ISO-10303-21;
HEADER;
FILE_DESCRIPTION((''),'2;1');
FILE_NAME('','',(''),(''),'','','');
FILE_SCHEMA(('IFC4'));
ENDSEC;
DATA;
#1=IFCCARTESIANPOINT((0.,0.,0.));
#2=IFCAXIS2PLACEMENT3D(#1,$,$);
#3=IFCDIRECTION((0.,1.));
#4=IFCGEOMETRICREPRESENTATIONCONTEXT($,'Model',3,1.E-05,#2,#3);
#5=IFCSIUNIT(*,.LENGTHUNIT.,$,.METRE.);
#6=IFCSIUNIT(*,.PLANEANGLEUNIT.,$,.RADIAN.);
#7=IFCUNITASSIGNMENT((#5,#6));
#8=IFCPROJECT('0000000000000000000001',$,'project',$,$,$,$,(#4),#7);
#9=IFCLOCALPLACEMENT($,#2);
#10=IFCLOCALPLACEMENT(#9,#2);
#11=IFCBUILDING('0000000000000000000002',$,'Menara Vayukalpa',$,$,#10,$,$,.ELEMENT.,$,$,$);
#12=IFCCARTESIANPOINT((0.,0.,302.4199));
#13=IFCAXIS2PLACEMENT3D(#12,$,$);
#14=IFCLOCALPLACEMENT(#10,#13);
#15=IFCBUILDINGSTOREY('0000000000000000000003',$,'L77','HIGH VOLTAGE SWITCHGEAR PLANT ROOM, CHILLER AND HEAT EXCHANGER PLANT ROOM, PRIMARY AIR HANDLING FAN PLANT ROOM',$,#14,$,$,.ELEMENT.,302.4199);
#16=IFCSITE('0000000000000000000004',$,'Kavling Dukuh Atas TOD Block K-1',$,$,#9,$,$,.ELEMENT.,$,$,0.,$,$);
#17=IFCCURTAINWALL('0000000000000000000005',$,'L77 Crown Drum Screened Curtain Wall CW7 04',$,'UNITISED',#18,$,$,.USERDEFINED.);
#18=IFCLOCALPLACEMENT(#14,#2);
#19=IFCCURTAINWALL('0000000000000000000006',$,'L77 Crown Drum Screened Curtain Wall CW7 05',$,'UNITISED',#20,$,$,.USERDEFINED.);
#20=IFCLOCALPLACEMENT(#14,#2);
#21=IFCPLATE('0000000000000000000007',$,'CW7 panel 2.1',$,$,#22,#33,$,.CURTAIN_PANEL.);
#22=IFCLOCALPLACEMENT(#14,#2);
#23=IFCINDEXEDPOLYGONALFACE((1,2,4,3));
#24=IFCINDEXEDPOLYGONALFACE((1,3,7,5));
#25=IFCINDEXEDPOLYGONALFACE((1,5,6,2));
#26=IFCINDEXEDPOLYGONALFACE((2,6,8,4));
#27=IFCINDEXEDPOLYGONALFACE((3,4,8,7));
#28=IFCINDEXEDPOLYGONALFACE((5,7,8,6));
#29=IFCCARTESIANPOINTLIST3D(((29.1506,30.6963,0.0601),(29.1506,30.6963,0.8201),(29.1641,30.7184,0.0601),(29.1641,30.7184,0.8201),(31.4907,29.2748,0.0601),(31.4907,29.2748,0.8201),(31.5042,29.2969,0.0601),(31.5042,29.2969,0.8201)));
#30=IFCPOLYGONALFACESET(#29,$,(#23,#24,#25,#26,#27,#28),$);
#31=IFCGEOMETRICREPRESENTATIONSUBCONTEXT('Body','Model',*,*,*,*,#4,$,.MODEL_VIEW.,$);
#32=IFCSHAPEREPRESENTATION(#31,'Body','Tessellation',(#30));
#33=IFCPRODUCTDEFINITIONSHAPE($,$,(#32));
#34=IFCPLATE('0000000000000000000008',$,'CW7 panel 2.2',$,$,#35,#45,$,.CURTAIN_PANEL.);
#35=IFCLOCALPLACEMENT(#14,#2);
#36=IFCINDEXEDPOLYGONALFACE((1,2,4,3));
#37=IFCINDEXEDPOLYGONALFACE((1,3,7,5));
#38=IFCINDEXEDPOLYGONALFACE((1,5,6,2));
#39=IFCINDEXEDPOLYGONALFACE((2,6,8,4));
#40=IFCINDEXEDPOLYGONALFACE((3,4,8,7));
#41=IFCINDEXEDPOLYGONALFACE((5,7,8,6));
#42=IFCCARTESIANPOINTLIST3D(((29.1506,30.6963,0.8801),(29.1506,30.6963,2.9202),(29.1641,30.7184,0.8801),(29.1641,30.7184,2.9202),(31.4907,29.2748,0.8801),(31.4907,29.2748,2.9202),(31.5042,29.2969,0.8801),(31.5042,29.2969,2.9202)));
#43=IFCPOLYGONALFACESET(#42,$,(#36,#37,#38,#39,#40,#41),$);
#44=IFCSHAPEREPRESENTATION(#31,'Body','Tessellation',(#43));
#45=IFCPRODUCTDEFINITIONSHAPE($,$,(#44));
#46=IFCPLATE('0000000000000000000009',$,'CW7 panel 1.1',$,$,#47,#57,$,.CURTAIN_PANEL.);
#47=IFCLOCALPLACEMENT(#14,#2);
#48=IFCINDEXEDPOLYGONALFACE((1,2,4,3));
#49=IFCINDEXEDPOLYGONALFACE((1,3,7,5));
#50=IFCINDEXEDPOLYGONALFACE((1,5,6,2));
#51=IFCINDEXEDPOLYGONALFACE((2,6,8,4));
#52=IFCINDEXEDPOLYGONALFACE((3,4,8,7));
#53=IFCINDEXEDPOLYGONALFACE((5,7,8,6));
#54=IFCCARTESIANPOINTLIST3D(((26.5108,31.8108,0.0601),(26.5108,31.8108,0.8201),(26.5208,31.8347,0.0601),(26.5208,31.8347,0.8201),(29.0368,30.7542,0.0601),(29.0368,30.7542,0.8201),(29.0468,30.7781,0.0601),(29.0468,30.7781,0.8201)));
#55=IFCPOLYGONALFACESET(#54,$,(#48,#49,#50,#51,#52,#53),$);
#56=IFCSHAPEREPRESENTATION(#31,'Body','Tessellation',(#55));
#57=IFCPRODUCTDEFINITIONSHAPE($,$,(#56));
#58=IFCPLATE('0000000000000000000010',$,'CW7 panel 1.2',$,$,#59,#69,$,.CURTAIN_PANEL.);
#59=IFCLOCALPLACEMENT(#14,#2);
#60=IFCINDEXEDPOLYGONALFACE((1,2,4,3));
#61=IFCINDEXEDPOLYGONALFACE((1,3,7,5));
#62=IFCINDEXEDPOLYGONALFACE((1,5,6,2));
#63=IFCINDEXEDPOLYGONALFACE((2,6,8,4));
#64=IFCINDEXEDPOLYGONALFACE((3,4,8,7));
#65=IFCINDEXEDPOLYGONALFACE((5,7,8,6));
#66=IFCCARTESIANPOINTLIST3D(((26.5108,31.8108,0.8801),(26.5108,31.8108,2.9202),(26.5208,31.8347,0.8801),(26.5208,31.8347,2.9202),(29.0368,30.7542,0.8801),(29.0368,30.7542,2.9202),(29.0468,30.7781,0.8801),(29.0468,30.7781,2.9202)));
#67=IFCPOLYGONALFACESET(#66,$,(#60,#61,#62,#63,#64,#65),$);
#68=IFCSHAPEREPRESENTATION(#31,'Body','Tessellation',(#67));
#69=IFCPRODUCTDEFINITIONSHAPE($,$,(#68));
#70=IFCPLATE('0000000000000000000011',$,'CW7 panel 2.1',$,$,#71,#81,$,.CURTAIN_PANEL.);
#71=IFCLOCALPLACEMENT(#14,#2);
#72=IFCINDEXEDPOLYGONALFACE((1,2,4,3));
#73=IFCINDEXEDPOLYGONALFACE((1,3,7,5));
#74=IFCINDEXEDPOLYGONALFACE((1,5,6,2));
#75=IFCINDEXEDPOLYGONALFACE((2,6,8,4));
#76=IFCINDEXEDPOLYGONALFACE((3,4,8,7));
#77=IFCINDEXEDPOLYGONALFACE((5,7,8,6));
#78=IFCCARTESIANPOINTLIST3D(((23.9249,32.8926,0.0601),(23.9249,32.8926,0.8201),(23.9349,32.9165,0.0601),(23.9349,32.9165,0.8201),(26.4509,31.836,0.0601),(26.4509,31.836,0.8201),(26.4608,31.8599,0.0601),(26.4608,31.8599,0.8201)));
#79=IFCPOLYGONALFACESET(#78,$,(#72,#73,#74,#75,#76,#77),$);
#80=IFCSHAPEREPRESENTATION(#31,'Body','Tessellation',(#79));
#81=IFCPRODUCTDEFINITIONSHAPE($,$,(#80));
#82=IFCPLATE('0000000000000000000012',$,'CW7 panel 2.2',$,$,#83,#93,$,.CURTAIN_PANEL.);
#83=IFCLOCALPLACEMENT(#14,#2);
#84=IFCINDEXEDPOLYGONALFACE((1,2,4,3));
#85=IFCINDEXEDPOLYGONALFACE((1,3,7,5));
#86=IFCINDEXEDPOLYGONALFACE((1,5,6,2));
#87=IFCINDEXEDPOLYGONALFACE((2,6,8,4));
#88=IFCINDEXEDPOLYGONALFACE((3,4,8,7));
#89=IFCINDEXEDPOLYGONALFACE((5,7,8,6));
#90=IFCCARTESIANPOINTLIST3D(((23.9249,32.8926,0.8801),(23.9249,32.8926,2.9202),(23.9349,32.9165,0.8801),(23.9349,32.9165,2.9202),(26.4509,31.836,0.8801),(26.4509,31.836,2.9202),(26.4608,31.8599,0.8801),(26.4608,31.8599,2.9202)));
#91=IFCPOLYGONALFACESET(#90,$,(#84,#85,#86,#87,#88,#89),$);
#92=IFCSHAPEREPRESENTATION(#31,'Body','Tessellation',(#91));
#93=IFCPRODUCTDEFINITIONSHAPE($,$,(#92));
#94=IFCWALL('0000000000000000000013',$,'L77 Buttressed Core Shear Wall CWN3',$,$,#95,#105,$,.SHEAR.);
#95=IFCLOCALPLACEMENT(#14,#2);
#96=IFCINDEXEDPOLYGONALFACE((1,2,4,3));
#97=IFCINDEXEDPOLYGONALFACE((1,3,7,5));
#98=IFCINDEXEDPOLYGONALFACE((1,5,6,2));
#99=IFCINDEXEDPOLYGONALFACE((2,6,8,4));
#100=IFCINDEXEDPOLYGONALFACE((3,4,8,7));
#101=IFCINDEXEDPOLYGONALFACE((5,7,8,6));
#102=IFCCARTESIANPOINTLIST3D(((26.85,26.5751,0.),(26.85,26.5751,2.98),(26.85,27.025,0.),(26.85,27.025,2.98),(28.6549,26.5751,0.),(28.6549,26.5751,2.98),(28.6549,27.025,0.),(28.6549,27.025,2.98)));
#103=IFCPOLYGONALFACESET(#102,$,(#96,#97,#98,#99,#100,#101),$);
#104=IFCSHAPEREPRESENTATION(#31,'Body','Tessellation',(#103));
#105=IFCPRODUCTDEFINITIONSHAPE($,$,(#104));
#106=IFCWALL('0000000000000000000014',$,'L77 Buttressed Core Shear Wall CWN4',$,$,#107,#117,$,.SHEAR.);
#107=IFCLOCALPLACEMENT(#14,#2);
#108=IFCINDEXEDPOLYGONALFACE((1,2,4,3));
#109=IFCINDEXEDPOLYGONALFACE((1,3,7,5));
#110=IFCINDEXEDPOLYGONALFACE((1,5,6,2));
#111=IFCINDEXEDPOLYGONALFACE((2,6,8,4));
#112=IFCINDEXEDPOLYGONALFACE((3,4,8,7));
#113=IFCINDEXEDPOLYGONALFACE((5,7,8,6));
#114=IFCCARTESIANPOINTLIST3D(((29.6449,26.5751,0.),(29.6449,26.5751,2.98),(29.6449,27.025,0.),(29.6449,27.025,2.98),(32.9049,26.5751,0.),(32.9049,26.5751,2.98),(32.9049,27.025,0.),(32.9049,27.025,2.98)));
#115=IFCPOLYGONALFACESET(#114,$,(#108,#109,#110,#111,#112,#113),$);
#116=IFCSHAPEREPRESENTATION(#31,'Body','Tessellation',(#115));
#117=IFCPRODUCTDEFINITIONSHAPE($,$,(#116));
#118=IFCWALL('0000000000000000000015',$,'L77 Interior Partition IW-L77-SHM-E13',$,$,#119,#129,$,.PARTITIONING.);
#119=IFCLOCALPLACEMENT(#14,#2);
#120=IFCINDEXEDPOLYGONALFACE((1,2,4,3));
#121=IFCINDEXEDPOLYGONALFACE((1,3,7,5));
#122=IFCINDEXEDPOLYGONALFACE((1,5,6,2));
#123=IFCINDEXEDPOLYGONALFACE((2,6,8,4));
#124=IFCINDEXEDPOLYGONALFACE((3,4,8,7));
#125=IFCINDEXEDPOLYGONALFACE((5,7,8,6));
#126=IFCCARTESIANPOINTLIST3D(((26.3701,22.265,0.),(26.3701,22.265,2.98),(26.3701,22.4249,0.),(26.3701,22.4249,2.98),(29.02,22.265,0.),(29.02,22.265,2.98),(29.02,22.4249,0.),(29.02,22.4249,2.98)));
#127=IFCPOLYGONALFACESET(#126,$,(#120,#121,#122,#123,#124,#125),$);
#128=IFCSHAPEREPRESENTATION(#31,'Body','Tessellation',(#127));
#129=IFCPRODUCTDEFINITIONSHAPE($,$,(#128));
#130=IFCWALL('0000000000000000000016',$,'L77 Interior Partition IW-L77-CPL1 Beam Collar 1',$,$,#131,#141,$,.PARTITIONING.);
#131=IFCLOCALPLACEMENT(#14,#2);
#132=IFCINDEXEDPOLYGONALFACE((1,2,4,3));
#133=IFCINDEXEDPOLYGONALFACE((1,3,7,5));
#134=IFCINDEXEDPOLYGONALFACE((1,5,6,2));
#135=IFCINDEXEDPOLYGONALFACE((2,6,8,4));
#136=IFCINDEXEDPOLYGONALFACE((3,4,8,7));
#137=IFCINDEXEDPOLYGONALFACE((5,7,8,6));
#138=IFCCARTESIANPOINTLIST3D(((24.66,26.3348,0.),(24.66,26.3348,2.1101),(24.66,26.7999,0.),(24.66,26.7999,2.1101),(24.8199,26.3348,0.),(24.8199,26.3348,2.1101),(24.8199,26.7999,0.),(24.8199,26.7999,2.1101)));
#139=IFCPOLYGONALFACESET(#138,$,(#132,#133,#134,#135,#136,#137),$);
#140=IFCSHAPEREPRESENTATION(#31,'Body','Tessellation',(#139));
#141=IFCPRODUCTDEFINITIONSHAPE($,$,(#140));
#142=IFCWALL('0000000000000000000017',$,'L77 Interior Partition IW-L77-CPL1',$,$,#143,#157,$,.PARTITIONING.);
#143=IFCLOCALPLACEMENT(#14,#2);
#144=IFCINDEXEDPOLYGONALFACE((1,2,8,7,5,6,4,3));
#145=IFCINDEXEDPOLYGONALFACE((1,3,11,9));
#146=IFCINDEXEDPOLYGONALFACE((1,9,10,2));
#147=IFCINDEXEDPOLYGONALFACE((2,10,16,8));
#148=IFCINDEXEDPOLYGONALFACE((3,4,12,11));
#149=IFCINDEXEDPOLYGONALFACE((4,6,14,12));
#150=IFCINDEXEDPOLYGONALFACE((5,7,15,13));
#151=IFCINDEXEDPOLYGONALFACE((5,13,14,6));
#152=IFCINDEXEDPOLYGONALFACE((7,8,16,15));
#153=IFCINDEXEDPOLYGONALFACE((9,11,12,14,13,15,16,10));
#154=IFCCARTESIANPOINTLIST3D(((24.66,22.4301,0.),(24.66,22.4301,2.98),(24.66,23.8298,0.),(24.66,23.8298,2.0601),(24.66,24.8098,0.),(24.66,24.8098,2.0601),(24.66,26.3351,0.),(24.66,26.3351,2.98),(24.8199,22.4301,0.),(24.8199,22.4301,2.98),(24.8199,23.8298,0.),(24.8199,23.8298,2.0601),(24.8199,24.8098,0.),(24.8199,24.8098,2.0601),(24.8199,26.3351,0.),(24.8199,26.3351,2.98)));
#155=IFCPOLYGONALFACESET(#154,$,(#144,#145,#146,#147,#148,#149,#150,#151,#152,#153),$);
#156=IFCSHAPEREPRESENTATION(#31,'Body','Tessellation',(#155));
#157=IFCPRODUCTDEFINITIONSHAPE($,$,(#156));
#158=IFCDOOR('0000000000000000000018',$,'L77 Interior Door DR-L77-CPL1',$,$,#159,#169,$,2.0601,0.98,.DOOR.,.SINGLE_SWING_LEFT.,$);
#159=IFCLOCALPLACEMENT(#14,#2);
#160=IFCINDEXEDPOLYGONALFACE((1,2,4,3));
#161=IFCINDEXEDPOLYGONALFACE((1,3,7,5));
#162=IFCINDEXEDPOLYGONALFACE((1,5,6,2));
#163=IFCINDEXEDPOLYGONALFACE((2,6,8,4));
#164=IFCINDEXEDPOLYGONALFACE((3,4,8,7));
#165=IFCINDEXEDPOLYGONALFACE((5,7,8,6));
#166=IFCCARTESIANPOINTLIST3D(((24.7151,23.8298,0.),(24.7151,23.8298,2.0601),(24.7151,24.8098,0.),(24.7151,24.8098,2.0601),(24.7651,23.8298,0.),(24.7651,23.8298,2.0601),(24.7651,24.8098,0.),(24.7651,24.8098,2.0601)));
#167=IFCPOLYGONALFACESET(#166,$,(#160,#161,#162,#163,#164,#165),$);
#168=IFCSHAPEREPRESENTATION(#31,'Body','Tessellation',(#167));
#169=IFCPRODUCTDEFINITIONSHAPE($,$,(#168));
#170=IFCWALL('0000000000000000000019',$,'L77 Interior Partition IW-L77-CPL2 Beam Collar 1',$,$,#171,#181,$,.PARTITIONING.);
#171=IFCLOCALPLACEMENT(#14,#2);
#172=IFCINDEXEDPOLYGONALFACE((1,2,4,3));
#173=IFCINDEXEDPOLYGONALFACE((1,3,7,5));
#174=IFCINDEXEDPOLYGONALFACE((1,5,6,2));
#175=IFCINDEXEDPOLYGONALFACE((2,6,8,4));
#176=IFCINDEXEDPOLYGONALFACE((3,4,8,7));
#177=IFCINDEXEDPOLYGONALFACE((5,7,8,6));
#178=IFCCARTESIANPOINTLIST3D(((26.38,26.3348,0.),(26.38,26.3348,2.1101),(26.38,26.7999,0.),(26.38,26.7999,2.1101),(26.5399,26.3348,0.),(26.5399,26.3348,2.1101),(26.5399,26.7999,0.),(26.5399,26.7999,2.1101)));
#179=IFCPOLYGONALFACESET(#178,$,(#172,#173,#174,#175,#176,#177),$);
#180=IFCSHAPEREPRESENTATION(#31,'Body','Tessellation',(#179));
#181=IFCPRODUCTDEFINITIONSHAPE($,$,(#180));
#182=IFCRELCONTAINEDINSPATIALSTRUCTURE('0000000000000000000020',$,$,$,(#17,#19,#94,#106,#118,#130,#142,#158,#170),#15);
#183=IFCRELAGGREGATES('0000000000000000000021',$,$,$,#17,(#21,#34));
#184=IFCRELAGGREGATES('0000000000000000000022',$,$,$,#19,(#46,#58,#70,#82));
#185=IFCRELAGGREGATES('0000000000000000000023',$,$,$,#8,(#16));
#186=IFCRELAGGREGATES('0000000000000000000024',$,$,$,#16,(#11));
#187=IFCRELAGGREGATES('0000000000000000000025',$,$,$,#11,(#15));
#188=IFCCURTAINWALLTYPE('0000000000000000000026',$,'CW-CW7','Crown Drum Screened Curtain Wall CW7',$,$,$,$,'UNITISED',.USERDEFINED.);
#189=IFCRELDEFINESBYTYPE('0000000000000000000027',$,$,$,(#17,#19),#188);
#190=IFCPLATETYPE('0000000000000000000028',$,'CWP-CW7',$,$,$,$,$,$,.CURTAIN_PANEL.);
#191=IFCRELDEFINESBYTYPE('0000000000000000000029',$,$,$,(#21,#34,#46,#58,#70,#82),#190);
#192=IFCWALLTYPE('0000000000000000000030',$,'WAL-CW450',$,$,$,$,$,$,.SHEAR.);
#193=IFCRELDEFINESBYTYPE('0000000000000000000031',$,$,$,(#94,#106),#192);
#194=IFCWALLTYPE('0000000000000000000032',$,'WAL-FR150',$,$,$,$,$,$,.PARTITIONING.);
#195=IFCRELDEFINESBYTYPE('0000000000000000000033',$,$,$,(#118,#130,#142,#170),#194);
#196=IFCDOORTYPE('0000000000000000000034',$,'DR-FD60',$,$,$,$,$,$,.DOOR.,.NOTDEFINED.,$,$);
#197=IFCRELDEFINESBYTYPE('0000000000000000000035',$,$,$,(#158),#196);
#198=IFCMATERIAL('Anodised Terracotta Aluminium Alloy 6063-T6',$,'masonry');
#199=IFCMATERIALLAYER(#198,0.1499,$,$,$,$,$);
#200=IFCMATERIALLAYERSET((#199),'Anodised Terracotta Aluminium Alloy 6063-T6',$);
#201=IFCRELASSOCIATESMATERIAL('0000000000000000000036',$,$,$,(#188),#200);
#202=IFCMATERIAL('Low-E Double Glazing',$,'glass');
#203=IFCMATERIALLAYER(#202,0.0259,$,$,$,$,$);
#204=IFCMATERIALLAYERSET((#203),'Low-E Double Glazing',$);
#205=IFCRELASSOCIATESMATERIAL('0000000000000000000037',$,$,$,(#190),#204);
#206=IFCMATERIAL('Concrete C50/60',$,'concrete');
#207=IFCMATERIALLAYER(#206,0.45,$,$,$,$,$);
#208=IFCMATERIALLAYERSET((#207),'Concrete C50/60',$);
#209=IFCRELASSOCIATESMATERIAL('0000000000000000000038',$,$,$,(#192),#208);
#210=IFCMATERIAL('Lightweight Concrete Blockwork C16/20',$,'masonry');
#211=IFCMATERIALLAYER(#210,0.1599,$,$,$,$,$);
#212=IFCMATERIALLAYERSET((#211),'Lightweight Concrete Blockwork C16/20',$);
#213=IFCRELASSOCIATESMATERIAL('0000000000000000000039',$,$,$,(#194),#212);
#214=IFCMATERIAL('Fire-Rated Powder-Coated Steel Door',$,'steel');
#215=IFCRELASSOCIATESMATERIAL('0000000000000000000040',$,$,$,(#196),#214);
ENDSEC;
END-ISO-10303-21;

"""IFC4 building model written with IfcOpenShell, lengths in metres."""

from ifc_helpers import new_model, si_unit, direction, frame, frame_2d, origin, origin_2d, place, context, subcontext, project, spatial, rectangle, extrude, material, layer, layer_set, type_object, element, fill, aggregate, save


model = new_model("IFC4")

# Units and contexts
model_context = context("Model", 3, precision=1e-05, world=origin(), true_north=direction((0.0, 1.0)))
body_context = subcontext(model_context, "Body", "Model", "MODEL_VIEW")
ifc_project = project(units=[si_unit("LENGTHUNIT", "METRE"), si_unit("PLANEANGLEUNIT", "RADIAN")], contexts=[model_context])

# Site, building, storey
site_placement = place(None, origin())
site = spatial("IfcSite", under=ifc_project, at=site_placement, Name="Kavling Dukuh Atas TOD Block K-1", CompositionType="ELEMENT", RefElevation=0.0)
building_placement = place(site_placement, origin())
building = spatial("IfcBuilding", under=site, at=building_placement, Name="Menara Vayukalpa", CompositionType="ELEMENT")
storey_placement = place(building_placement, frame((0.0, 0.0, 302.4199)))
storey = spatial("IfcBuildingStorey", under=building, at=storey_placement, Name="L77", Description="HIGH VOLTAGE SWITCHGEAR PLANT ROOM, CHILLER AND HEAT EXCHANGER PLANT ROOM, PRIMARY AIR HANDLING FAN PLANT ROOM", CompositionType="ELEMENT", Elevation=302.4199)

# Curtain wall
ifc_material_1 = material(Name="Anodised Terracotta Aluminium Alloy 6063-T6", Category="masonry")
ifc_layer_1 = layer(ifc_material_1, 0.1499)
ifc_layer_set_1 = layer_set([ifc_layer_1], Name="Anodised Terracotta Aluminium Alloy 6063-T6")
curtain_wall_type = type_object("IfcCurtainWallType", Name="CW-CW7", Description="Crown Drum Screened Curtain Wall CW7", ElementType="UNITISED", PredefinedType="USERDEFINED", material=ifc_layer_set_1)
curtain_wall_1_placement = place(storey_placement, origin())
curtain_wall_1 = element("IfcCurtainWall", 1, at=curtain_wall_1_placement, inside=storey, type_object=curtain_wall_type, Name="L77 Crown Drum Screened Curtain Wall CW7 04", ObjectType="UNITISED", PredefinedType="USERDEFINED")

# Curtain wall
curtain_wall_2_placement = place(storey_placement, origin())
curtain_wall_2 = element("IfcCurtainWall", 2, at=curtain_wall_2_placement, inside=storey, type_object=curtain_wall_type, Name="L77 Crown Drum Screened Curtain Wall CW7 05", ObjectType="UNITISED", PredefinedType="USERDEFINED")

# Plates
ifc_material_2 = material(Name="Low-E Double Glazing", Category="glass")
ifc_layer_2 = layer(ifc_material_2, 0.0259)
ifc_layer_set_2 = layer_set([ifc_layer_2], Name="Low-E Double Glazing")
plate_type = type_object("IfcPlateType", Name="CWP-CW7", PredefinedType="CURTAIN_PANEL", material=ifc_layer_set_2)
plate_1_placement = place(storey_placement, frame((30.3274, 29.9966, 0.0601), z_axis=(0.0, 0.0, 1.0), x_axis=(-0.854667, 0.519176, 0.0)))
plate_1 = element("IfcPlate", 3, at=plate_1_placement, type_object=plate_type, Name="CW7 panel 2.1", PredefinedType="CURTAIN_PANEL", context=body_context, shape_type="SweptSolid", body=[
    extrude(rectangle(XDim=2.738, YDim=0.0259, at=origin_2d()), origin(), (0.0, 0.0, 1.0), 0.76),
])
plate_2_placement = place(storey_placement, frame((30.3274, 29.9966, 0.8801), z_axis=(0.0, 0.0, 1.0), x_axis=(-0.854667, 0.519176, 0.0)))
plate_2 = element("IfcPlate", 4, at=plate_2_placement, type_object=plate_type, Name="CW7 panel 2.2", PredefinedType="CURTAIN_PANEL", context=body_context, shape_type="SweptSolid", body=[
    extrude(rectangle(XDim=2.738, YDim=0.0259, at=origin_2d()), origin(), (0.0, 0.0, 1.0), 2.04),
])
aggregate(curtain_wall_1, [plate_1, plate_2])
plate_3_placement = place(storey_placement, frame((27.7788, 31.2944, 0.0601), z_axis=(0.0, 0.0, 1.0), x_axis=(-0.922541, 0.385898, 0.0)))
plate_3 = element("IfcPlate", 5, at=plate_3_placement, type_object=plate_type, Name="CW7 panel 1.1", PredefinedType="CURTAIN_PANEL", context=body_context, shape_type="SweptSolid", body=[
    extrude(rectangle(XDim=2.738, YDim=0.0259, at=origin_2d()), origin(), (0.0, 0.0, 1.0), 0.76),
])
plate_4_placement = place(storey_placement, frame((27.7788, 31.2944, 0.8801), z_axis=(0.0, 0.0, 1.0), x_axis=(-0.922541, 0.385898, 0.0)))
plate_4 = element("IfcPlate", 6, at=plate_4_placement, type_object=plate_type, Name="CW7 panel 1.2", PredefinedType="CURTAIN_PANEL", context=body_context, shape_type="SweptSolid", body=[
    extrude(rectangle(XDim=2.738, YDim=0.0259, at=origin_2d()), origin(), (0.0, 0.0, 1.0), 2.04),
])
plate_5_placement = place(storey_placement, frame((25.1929, 32.3762, 0.0601), z_axis=(0.0, 0.0, 1.0), x_axis=(-0.922541, 0.385898, 0.0)))
plate_5 = element("IfcPlate", 7, at=plate_5_placement, type_object=plate_type, Name="CW7 panel 2.1", PredefinedType="CURTAIN_PANEL", context=body_context, shape_type="SweptSolid", body=[
    extrude(rectangle(XDim=2.738, YDim=0.0259, at=origin_2d()), origin(), (0.0, 0.0, 1.0), 0.76),
])
plate_6_placement = place(storey_placement, frame((25.1929, 32.3762, 0.8801), z_axis=(0.0, 0.0, 1.0), x_axis=(-0.922541, 0.385898, 0.0)))
plate_6 = element("IfcPlate", 8, at=plate_6_placement, type_object=plate_type, Name="CW7 panel 2.2", PredefinedType="CURTAIN_PANEL", context=body_context, shape_type="SweptSolid", body=[
    extrude(rectangle(XDim=2.738, YDim=0.0259, at=origin_2d()), origin(), (0.0, 0.0, 1.0), 2.04),
])
aggregate(curtain_wall_2, [plate_3, plate_4, plate_5, plate_6])

# Walls
ifc_material_3 = material(Name="Concrete C50/60", Category="concrete")
ifc_layer_3 = layer(ifc_material_3, 0.45)
ifc_layer_set_3 = layer_set([ifc_layer_3], Name="Concrete C50/60")
wall_type_1 = type_object("IfcWallType", Name="WAL-CW450", PredefinedType="SHEAR", material=ifc_layer_set_3)
wall_1_placement = place(storey_placement, frame((26.8501, 26.8, 0.0), z_axis=(0.0, 0.0, 1.0), x_axis=(1.0, 0.0, 0.0)))
element("IfcWall", 9, at=wall_1_placement, inside=storey, type_object=wall_type_1, Name="L77 Buttressed Core Shear Wall CWN3", PredefinedType="SHEAR", context=body_context, shape_type="SweptSolid", body=[
    extrude(rectangle(XDim=1.8049, YDim=0.45, at=frame_2d((0.9023, 0.0))), origin(), (0.0, 0.0, 1.0), 2.98),
])
wall_2_placement = place(storey_placement, frame((29.645, 26.8, 0.0), z_axis=(0.0, 0.0, 1.0), x_axis=(1.0, 0.0, 0.0)))
element("IfcWall", 10, at=wall_2_placement, inside=storey, type_object=wall_type_1, Name="L77 Buttressed Core Shear Wall CWN4", PredefinedType="SHEAR", context=body_context, shape_type="SweptSolid", body=[
    extrude(rectangle(XDim=3.26, YDim=0.45, at=frame_2d((1.6299, 0.0))), origin(), (0.0, 0.0, 1.0), 2.98),
])
ifc_material_4 = material(Name="Lightweight Concrete Blockwork C16/20", Category="masonry")
ifc_layer_4 = layer(ifc_material_4, 0.1599)
ifc_layer_set_4 = layer_set([ifc_layer_4], Name="Lightweight Concrete Blockwork C16/20")
wall_type_2 = type_object("IfcWallType", Name="WAL-FR150", PredefinedType="PARTITIONING", material=ifc_layer_set_4)
wall_3_placement = place(storey_placement, frame((26.3701, 22.345, 0.0), z_axis=(0.0, 0.0, 1.0), x_axis=(1.0, 0.0, 0.0)))
element("IfcWall", 11, at=wall_3_placement, inside=storey, type_object=wall_type_2, Name="L77 Interior Partition IW-L77-SHM-E13", PredefinedType="PARTITIONING", context=body_context, shape_type="SweptSolid", body=[
    extrude(rectangle(XDim=2.6499, YDim=0.1599, at=frame_2d((1.325, 0.0))), origin(), (0.0, 0.0, 1.0), 2.98),
])
wall_4_placement = place(storey_placement, frame((24.74, 26.335, 0.0), z_axis=(0.0, 0.0, 1.0), x_axis=(0.0, 1.0, 0.0)))
element("IfcWall", 12, at=wall_4_placement, inside=storey, type_object=wall_type_2, Name="L77 Interior Partition IW-L77-CPL1 Beam Collar 1", PredefinedType="PARTITIONING", context=body_context, shape_type="SweptSolid", body=[
    extrude(rectangle(XDim=0.4651, YDim=0.1599, at=frame_2d((0.2324, 0.0))), origin(), (0.0, 0.0, 1.0), 2.1101),
])

# Wall, opening, door
wall_5_placement = place(storey_placement, frame((24.74, 22.4299, 0.0), z_axis=(0.0, 0.0, 1.0), x_axis=(0.0, 1.0, 0.0)))
wall_5 = element("IfcWall", 13, at=wall_5_placement, inside=storey, type_object=wall_type_2, Name="L77 Interior Partition IW-L77-CPL1", PredefinedType="PARTITIONING", context=body_context, shape_type="SweptSolid", body=[
    extrude(rectangle(XDim=3.905, YDim=0.1599, at=frame_2d((1.9526, 0.0))), origin(), (0.0, 0.0, 1.0), 2.98),
])
opening_1_placement = place(wall_5_placement, frame((1.3999, 0.0, 0.0)))
opening_1 = element("IfcOpeningElement", 14, at=opening_1_placement, cuts=wall_5, PredefinedType="OPENING", context=body_context, shape_type="SweptSolid", body=[
    extrude(rectangle(XDim=0.98, YDim=2.0601, at=frame_2d((0.49, 1.03))), frame((0.0, 0.0898, 0.0), z_axis=(0.0, -1.0, 0.0), x_axis=(1.0, 0.0, 0.0)), (0.0, 0.0, 1.0), 0.1799),
])
ifc_material_5 = material(Name="Fire-Rated Powder-Coated Steel Door", Category="steel")
door_type = type_object("IfcDoorType", Name="DR-FD60", OperationType="NOTDEFINED", PredefinedType="DOOR", material=ifc_material_5)
door_1_placement = place(opening_1_placement, origin())
door_1 = element("IfcDoor", 15, at=door_1_placement, inside=storey, type_object=door_type, Name="L77 Interior Door DR-L77-CPL1", OperationType="SINGLE_SWING_LEFT", OverallHeight=2.0601, OverallWidth=0.98, PredefinedType="DOOR", context=body_context, shape_type="SweptSolid", body=[
    extrude(rectangle(XDim=0.98, YDim=2.0601, at=frame_2d((0.49, 1.03))), frame((0.0, 0.0249, 0.0), z_axis=(0.0, -1.0, 0.0), x_axis=(1.0, 0.0, 0.0)), (0.0, 0.0, 1.0), 0.05),
])
fill(opening_1, door_1)

# Wall
wall_6_placement = place(storey_placement, frame((26.46, 26.335, 0.0), z_axis=(0.0, 0.0, 1.0), x_axis=(0.0, 1.0, 0.0)))
element("IfcWall", 16, at=wall_6_placement, inside=storey, type_object=wall_type_2, Name="L77 Interior Partition IW-L77-CPL2 Beam Collar 1", PredefinedType="PARTITIONING", context=body_context, shape_type="SweptSolid", body=[
    extrude(rectangle(XDim=0.4651, YDim=0.1599, at=frame_2d((0.2324, 0.0))), origin(), (0.0, 0.0, 1.0), 2.1101),
])

save(model, "model.ifc")
